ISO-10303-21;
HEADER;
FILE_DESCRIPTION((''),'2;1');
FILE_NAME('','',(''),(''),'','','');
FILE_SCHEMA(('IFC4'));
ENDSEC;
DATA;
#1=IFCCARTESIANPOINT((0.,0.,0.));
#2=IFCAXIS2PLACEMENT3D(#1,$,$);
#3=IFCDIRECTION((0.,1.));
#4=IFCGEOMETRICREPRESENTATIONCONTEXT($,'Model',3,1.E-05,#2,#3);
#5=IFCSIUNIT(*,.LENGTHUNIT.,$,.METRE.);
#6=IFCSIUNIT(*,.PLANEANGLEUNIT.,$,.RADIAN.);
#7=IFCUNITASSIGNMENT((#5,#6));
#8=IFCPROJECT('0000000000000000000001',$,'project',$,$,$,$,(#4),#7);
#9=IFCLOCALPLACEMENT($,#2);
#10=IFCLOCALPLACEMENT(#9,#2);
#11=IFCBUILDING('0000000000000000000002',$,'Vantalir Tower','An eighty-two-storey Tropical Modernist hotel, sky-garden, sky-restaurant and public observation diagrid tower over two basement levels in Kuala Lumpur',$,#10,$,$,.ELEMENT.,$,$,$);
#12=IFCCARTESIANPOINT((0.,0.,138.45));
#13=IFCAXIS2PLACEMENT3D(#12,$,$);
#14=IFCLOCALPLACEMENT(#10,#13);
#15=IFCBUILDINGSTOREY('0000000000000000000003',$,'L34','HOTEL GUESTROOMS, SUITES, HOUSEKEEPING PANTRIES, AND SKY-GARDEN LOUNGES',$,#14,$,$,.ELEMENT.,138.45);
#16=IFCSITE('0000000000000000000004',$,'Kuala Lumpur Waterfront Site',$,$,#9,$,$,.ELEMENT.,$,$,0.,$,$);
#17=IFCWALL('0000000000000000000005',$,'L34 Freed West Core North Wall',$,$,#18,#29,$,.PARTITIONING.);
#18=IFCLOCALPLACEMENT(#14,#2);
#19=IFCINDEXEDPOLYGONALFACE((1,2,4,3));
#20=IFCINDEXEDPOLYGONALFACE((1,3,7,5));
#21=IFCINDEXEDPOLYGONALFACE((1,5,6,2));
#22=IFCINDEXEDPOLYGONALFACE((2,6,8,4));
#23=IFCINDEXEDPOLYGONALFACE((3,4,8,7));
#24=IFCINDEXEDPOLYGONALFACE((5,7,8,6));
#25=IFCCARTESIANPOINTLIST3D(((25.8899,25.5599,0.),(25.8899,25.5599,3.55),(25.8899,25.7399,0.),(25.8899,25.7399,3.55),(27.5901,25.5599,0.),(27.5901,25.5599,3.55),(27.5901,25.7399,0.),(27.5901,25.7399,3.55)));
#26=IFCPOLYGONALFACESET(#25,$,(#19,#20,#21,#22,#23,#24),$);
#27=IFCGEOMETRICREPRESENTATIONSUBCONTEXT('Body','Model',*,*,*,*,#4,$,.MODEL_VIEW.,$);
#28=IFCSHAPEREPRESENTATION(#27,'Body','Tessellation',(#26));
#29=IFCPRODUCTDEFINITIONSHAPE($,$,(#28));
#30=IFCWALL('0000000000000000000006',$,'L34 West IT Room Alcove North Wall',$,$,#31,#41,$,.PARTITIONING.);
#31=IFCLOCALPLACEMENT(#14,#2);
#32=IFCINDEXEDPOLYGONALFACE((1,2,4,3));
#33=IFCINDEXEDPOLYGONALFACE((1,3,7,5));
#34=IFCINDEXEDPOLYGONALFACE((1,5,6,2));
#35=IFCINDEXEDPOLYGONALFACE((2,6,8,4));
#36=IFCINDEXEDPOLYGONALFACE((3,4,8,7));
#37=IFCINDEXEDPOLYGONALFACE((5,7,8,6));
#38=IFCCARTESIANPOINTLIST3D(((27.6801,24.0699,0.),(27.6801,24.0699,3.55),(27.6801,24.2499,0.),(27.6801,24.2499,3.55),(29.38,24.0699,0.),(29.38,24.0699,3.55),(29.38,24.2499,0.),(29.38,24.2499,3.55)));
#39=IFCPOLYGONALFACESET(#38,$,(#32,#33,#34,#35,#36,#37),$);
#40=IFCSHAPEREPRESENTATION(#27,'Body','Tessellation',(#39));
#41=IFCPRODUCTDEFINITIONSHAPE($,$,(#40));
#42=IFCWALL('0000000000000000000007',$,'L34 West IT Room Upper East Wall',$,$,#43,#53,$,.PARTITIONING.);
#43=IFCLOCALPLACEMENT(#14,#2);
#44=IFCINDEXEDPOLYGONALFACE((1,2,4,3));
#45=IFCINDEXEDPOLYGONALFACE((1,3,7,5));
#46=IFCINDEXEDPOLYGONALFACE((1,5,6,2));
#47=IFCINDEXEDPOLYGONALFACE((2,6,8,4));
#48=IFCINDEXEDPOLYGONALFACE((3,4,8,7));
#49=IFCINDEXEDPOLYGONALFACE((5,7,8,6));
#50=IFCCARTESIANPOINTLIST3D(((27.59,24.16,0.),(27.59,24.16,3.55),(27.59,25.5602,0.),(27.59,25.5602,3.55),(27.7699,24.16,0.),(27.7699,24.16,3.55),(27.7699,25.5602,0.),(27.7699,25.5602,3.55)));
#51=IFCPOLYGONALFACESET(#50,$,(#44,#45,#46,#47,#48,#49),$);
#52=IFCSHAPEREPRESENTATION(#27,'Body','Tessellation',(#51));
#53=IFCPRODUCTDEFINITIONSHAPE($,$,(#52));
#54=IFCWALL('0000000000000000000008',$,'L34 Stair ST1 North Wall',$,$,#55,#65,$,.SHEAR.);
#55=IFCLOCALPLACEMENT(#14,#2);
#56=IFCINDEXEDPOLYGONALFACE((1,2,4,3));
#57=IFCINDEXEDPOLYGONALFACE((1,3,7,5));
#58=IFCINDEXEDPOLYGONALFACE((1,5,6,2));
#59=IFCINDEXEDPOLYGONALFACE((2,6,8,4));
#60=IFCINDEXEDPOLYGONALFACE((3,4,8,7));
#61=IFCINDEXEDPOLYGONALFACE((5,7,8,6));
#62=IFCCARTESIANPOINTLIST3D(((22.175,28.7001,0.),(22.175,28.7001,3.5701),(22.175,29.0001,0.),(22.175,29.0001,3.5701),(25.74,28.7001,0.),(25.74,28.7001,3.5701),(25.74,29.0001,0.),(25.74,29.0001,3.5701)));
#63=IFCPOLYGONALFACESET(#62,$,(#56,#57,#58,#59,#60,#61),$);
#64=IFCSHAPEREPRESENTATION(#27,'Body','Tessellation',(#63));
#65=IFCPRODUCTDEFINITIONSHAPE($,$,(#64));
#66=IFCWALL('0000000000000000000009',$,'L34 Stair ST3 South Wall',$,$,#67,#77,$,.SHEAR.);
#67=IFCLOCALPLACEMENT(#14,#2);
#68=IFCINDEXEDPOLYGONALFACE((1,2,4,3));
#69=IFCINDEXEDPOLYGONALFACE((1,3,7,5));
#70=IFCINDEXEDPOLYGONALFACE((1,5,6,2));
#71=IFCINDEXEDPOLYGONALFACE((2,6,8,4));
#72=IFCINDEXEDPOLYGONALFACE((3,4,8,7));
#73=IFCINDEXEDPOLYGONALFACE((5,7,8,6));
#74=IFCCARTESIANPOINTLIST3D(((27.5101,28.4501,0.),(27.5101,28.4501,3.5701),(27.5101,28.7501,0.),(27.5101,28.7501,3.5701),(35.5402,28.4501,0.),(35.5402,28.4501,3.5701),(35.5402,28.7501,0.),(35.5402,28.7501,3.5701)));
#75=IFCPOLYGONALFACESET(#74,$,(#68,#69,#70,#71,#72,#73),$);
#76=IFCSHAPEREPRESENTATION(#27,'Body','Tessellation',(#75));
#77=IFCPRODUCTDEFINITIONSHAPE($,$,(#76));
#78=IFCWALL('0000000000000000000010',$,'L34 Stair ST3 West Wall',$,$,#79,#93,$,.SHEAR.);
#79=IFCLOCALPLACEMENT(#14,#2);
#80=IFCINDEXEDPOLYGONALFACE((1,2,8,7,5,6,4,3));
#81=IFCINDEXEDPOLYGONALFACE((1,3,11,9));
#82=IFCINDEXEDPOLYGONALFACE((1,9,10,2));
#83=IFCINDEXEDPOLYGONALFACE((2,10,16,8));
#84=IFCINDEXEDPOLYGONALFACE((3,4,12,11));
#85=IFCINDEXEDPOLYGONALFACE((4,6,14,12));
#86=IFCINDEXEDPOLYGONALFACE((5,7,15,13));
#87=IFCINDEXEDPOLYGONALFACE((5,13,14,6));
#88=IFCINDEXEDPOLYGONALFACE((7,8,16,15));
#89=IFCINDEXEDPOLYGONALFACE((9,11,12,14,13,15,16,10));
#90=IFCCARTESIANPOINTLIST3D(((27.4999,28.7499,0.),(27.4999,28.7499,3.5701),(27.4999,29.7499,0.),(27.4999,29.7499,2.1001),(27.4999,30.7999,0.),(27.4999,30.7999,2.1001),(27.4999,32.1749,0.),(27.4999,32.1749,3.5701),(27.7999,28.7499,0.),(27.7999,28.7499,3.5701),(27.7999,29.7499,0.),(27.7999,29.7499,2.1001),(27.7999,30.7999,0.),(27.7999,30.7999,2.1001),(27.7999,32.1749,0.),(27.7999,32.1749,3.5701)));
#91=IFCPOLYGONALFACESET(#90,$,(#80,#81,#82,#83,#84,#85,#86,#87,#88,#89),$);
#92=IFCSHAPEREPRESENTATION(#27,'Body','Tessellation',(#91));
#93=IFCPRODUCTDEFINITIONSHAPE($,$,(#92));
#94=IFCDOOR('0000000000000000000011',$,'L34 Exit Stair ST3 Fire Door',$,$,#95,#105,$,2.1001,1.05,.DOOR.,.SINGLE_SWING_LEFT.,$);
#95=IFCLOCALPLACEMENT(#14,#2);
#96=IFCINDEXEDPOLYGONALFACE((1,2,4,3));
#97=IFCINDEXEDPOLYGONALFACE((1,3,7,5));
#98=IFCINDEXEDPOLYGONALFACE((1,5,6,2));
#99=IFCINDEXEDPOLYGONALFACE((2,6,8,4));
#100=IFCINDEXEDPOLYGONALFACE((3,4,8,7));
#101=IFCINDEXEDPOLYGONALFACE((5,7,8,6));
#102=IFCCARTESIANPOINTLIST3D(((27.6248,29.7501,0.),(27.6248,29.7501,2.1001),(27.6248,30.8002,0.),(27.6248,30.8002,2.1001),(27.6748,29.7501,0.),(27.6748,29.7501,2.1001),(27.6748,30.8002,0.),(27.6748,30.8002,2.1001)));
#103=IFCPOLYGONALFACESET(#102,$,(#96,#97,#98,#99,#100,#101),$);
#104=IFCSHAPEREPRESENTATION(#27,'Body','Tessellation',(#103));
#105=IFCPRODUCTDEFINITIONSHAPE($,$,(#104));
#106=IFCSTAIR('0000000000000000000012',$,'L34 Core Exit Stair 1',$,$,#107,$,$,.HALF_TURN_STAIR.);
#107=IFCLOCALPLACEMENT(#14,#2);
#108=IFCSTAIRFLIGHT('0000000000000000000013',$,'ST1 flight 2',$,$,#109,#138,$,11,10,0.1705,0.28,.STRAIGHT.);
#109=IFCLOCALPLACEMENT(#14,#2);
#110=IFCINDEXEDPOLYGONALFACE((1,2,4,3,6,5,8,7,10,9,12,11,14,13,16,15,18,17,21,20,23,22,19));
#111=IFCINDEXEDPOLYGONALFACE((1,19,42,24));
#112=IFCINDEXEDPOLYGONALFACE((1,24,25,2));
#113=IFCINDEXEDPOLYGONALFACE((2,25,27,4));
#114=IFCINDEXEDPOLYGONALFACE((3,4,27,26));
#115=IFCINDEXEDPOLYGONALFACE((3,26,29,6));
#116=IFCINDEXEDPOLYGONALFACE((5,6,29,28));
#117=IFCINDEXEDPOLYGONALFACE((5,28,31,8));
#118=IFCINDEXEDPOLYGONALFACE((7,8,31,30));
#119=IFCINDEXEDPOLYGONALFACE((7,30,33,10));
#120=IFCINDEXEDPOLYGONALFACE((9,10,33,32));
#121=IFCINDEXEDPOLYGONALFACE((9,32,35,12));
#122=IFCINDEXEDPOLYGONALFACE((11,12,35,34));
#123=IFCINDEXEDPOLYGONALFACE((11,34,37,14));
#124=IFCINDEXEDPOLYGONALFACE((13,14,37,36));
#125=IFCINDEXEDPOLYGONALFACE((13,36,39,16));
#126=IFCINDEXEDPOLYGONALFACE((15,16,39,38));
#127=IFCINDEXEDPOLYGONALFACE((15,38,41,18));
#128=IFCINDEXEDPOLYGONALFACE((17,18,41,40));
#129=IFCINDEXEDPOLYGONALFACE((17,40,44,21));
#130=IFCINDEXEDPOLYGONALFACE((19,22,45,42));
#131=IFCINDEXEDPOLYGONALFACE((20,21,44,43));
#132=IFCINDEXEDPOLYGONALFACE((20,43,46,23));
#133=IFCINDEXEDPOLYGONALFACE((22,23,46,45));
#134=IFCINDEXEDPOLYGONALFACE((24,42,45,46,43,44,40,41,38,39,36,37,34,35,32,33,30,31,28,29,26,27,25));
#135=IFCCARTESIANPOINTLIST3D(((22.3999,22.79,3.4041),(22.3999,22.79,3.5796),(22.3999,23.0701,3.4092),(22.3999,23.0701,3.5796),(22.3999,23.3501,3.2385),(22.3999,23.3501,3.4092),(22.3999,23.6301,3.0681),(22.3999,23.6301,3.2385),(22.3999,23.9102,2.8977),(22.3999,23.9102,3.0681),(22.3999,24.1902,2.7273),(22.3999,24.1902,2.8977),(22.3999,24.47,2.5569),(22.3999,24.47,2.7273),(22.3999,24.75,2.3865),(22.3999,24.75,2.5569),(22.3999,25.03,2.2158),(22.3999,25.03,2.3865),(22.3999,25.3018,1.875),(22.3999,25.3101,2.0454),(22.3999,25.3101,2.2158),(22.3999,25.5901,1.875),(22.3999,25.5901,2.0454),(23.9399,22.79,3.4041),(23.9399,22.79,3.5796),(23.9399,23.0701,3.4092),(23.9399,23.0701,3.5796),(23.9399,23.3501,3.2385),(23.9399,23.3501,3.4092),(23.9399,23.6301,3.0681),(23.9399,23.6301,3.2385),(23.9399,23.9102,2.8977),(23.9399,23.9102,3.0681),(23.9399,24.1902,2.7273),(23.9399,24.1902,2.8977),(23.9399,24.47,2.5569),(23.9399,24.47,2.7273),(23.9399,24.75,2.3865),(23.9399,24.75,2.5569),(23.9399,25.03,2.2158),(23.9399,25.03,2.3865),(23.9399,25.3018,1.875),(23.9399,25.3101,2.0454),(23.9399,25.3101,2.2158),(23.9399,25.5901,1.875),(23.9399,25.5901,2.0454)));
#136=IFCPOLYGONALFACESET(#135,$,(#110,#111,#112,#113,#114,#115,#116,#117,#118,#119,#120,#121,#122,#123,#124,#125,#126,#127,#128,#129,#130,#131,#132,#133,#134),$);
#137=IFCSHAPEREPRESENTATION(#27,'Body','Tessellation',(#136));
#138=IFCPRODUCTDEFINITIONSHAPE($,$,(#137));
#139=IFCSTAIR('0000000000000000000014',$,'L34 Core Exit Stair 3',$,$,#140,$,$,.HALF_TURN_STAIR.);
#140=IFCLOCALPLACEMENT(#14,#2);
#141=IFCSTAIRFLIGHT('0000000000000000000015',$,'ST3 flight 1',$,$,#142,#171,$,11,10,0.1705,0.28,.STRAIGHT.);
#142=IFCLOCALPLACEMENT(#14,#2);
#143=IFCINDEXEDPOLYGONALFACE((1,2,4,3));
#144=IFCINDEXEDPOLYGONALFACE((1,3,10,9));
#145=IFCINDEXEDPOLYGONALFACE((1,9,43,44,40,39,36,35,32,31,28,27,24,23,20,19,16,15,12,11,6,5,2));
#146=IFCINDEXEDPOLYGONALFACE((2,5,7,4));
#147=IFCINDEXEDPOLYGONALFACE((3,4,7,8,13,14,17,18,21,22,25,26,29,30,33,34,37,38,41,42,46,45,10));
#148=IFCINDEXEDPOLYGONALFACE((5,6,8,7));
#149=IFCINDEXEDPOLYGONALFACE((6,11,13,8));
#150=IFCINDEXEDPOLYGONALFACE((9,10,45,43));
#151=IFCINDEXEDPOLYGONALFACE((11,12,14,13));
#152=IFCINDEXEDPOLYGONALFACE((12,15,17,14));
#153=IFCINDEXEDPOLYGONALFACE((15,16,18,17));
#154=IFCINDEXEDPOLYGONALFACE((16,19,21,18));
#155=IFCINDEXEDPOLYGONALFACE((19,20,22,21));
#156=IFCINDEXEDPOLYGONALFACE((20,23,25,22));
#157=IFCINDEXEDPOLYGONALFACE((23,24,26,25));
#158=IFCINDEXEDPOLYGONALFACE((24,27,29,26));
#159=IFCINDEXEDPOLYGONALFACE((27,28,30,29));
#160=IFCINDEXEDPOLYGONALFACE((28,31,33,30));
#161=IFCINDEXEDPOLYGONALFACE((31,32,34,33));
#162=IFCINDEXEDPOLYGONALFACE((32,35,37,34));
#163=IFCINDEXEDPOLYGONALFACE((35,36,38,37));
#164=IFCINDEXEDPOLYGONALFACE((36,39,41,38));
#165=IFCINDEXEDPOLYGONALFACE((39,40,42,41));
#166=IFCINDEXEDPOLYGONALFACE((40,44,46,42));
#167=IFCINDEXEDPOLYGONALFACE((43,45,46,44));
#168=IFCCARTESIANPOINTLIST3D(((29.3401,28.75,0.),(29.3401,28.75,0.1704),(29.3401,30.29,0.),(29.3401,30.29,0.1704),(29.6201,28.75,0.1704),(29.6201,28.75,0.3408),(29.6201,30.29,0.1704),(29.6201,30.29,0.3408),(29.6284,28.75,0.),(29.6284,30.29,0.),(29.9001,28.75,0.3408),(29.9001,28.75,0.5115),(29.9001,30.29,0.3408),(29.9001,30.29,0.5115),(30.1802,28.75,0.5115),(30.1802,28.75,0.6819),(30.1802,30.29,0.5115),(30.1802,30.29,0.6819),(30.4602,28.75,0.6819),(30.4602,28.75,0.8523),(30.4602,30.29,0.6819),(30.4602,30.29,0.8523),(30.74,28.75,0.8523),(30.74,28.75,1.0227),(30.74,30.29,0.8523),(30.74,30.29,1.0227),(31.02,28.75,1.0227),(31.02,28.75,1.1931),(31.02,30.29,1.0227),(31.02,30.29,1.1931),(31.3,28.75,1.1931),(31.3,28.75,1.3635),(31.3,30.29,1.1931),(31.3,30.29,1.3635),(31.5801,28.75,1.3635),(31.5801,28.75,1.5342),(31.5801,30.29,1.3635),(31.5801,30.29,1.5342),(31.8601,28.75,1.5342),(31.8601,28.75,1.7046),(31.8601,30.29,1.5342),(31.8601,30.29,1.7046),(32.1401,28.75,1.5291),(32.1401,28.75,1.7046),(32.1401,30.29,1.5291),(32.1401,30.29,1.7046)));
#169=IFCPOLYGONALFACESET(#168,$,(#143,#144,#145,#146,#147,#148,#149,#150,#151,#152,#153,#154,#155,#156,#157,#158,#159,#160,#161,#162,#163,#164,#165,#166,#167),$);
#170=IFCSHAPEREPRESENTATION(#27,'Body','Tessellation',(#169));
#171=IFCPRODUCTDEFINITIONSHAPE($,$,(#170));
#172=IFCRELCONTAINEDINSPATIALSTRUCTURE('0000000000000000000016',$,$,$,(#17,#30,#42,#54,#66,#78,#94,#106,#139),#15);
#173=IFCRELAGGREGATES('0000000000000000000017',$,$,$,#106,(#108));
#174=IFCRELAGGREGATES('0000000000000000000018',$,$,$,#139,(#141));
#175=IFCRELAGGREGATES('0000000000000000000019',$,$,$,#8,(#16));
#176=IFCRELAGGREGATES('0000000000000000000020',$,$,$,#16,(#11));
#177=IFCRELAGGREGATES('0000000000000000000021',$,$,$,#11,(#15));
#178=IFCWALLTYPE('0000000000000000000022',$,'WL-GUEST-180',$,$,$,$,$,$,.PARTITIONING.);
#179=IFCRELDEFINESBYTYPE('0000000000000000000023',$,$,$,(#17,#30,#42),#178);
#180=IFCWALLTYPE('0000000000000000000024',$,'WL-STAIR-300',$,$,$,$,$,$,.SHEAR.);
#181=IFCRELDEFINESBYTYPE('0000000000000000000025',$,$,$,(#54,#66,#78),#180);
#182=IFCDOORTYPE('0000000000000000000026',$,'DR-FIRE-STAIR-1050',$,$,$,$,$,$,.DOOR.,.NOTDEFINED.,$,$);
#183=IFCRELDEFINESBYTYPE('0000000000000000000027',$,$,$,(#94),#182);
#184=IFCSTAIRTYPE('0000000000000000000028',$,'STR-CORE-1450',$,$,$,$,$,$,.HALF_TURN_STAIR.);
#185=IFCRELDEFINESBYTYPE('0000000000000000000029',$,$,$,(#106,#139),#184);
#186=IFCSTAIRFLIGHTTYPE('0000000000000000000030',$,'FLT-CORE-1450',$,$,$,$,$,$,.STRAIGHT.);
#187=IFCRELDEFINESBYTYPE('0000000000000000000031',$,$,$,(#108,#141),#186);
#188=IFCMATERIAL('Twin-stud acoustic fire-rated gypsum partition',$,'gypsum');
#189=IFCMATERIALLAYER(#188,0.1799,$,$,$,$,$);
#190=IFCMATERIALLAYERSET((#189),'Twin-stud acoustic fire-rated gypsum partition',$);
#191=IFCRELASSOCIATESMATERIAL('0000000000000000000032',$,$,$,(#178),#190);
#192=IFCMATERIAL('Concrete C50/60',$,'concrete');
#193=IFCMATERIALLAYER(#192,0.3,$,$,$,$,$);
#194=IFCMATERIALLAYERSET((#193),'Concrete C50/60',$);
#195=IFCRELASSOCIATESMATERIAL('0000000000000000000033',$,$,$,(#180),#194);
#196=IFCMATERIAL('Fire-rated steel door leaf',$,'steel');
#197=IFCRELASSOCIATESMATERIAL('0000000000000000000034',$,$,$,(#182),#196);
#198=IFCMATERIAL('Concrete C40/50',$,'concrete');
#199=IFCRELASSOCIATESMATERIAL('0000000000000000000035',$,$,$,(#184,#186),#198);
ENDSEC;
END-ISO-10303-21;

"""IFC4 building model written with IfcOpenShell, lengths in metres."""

from ifc_helpers import new_model, si_unit, direction, frame, frame_2d, origin, place, context, subcontext, project, spatial, polyline, rectangle, outline, extrude, material, layer, layer_set, type_object, element, fill, aggregate, save


model = new_model("IFC4")

# Units and contexts
model_context = context("Model", 3, precision=1e-05, world=origin(), true_north=direction((0.0, 1.0)))
body_context = subcontext(model_context, "Body", "Model", "MODEL_VIEW")
ifc_project = project(units=[si_unit("LENGTHUNIT", "METRE"), si_unit("PLANEANGLEUNIT", "RADIAN")], contexts=[model_context])

# Site, building, storey
site_placement = place(None, origin())
site = spatial("IfcSite", under=ifc_project, at=site_placement, Name="Kuala Lumpur Waterfront Site", CompositionType="ELEMENT", RefElevation=0.0)
building_placement = place(site_placement, origin())
building = spatial("IfcBuilding", under=site, at=building_placement, Name="Vantalir Tower", Description="An eighty-two-storey Tropical Modernist hotel, sky-garden, sky-restaurant and public observation diagrid tower over two basement levels in Kuala Lumpur", CompositionType="ELEMENT")
storey_placement = place(building_placement, frame((0.0, 0.0, 138.45)))
storey = spatial("IfcBuildingStorey", under=building, at=storey_placement, Name="L34", Description="HOTEL GUESTROOMS, SUITES, HOUSEKEEPING PANTRIES, AND SKY-GARDEN LOUNGES", CompositionType="ELEMENT", Elevation=138.45)

# Walls
ifc_material_1 = material(Name="Twin-stud acoustic fire-rated gypsum partition", Category="gypsum")
ifc_layer_1 = layer(ifc_material_1, 0.1799)
ifc_layer_set_1 = layer_set([ifc_layer_1], Name="Twin-stud acoustic fire-rated gypsum partition")
wall_type_1 = type_object("IfcWallType", Name="WL-GUEST-180", PredefinedType="PARTITIONING", material=ifc_layer_set_1)
wall_1_placement = place(storey_placement, frame((25.8899, 25.6499, 0.0), z_axis=(0.0, 0.0, 1.0), x_axis=(1.0, 0.0, 0.0)))
element("IfcWall", 1, at=wall_1_placement, inside=storey, type_object=wall_type_1, Name="L34 Freed West Core North Wall", PredefinedType="PARTITIONING", context=body_context, shape_type="SweptSolid", body=[
    extrude(rectangle(XDim=1.7002, YDim=0.1799, at=frame_2d((0.8501, 0.0))), origin(), (0.0, 0.0, 1.0), 3.55),
])
wall_2_placement = place(storey_placement, frame((27.6799, 24.1599, 0.0), z_axis=(0.0, 0.0, 1.0), x_axis=(1.0, 0.0, 0.0)))
element("IfcWall", 2, at=wall_2_placement, inside=storey, type_object=wall_type_1, Name="L34 West IT Room Alcove North Wall", PredefinedType="PARTITIONING", context=body_context, shape_type="SweptSolid", body=[
    extrude(rectangle(XDim=1.7, YDim=0.1799, at=frame_2d((0.8501, 0.0))), origin(), (0.0, 0.0, 1.0), 3.55),
])
wall_3_placement = place(storey_placement, frame((27.6799, 24.1599, 0.0), z_axis=(0.0, 0.0, 1.0), x_axis=(0.0, 1.0, 0.0)))
element("IfcWall", 3, at=wall_3_placement, inside=storey, type_object=wall_type_1, Name="L34 West IT Room Upper East Wall", PredefinedType="PARTITIONING", context=body_context, shape_type="SweptSolid", body=[
    extrude(rectangle(XDim=1.4001, YDim=0.1799, at=frame_2d((0.7002, 0.0))), origin(), (0.0, 0.0, 1.0), 3.55),
])
ifc_material_2 = material(Name="Concrete C50/60", Category="concrete")
ifc_layer_2 = layer(ifc_material_2, 0.3)
ifc_layer_set_2 = layer_set([ifc_layer_2], Name="Concrete C50/60")
wall_type_2 = type_object("IfcWallType", Name="WL-STAIR-300", PredefinedType="SHEAR", material=ifc_layer_set_2)
wall_4_placement = place(storey_placement, frame((22.175, 28.8501, 0.0), z_axis=(0.0, 0.0, 1.0), x_axis=(1.0, 0.0, 0.0)))
element("IfcWall", 4, at=wall_4_placement, inside=storey, type_object=wall_type_2, Name="L34 Stair ST1 North Wall", PredefinedType="SHEAR", context=body_context, shape_type="SweptSolid", body=[
    extrude(rectangle(XDim=3.5649, YDim=0.3, at=frame_2d((1.7825, 0.0))), origin(), (0.0, 0.0, 1.0), 3.5701),
])
wall_5_placement = place(storey_placement, frame((27.51, 28.6001, 0.0), z_axis=(0.0, 0.0, 1.0), x_axis=(1.0, 0.0, 0.0)))
element("IfcWall", 5, at=wall_5_placement, inside=storey, type_object=wall_type_2, Name="L34 Stair ST3 South Wall", PredefinedType="SHEAR", context=body_context, shape_type="SweptSolid", body=[
    extrude(rectangle(XDim=8.03, YDim=0.3, at=frame_2d((4.0151, 0.0))), origin(), (0.0, 0.0, 1.0), 3.5701),
])

# Wall, opening, door
wall_6_placement = place(storey_placement, frame((27.6499, 28.75, 0.0), z_axis=(0.0, 0.0, 1.0), x_axis=(0.0, 1.0, 0.0)))
wall_6 = element("IfcWall", 6, at=wall_6_placement, inside=storey, type_object=wall_type_2, Name="L34 Stair ST3 West Wall", PredefinedType="SHEAR", context=body_context, shape_type="SweptSolid", body=[
    extrude(rectangle(XDim=3.425, YDim=0.3, at=frame_2d((1.7124, 0.0))), origin(), (0.0, 0.0, 1.0), 3.5701),
])
opening_1_placement = place(wall_6_placement, frame((1.0, 0.0, 0.0)))
opening_1 = element("IfcOpeningElement", 7, at=opening_1_placement, cuts=wall_6, PredefinedType="OPENING", context=body_context, shape_type="SweptSolid", body=[
    extrude(rectangle(XDim=1.05, YDim=2.1001, at=frame_2d((0.5249, 1.05))), frame((0.0, 0.1599, 0.0), z_axis=(0.0, -1.0, 0.0), x_axis=(1.0, 0.0, 0.0)), (0.0, 0.0, 1.0), 0.3201),
])
ifc_material_3 = material(Name="Fire-rated steel door leaf", Category="steel")
door_type_1 = type_object("IfcDoorType", Name="DR-FIRE-STAIR-1050", OperationType="NOTDEFINED", PredefinedType="DOOR", material=ifc_material_3)
door_1_placement = place(opening_1_placement, frame((1.05, 0.0, 0.0), z_axis=(0.0, 0.0, 1.0), x_axis=(-1.0, 0.0, 0.0)))
door_1 = element("IfcDoor", 8, at=door_1_placement, inside=storey, type_object=door_type_1, Name="L34 Exit Stair ST3 Fire Door", OperationType="SINGLE_SWING_LEFT", OverallHeight=2.1001, OverallWidth=1.05, PredefinedType="DOOR", context=body_context, shape_type="SweptSolid", body=[
    extrude(rectangle(XDim=1.05, YDim=2.1001, at=frame_2d((0.5249, 1.05))), frame((0.0, 0.0249, 0.0), z_axis=(0.0, -1.0, 0.0), x_axis=(1.0, 0.0, 0.0)), (0.0, 0.0, 1.0), 0.05),
])
fill(opening_1, door_1)

# Stairs, stair flights
ifc_material_4 = material(Name="Concrete C40/50", Category="concrete")
stair_type = type_object("IfcStairType", Name="STR-CORE-1450", PredefinedType="HALF_TURN_STAIR", material=ifc_material_4)
stair_1_placement = place(storey_placement, origin())
stair_1 = element("IfcStair", 9, at=stair_1_placement, inside=storey, type_object=stair_type, Name="L34 Core Exit Stair 1", PredefinedType="HALF_TURN_STAIR")
stair_flight_type = type_object("IfcStairFlightType", Name="FLT-CORE-1450", PredefinedType="STRAIGHT", material=ifc_material_4)
stair_flight_1_placement = place(storey_placement, frame((23.1699, 25.5901, 1.875), z_axis=(0.0, 0.0, 1.0), x_axis=(0.0, -1.0, 0.0)))
stair_flight_1 = element("IfcStairFlight", 10, at=stair_flight_1_placement, type_object=stair_flight_type, Name="ST1 flight 2", NumberOfRisers=11, NumberOfTreads=10, PredefinedType="STRAIGHT", RiserHeight=0.1705, TreadLength=0.28, context=body_context, shape_type="SweptSolid", body=[
    extrude(outline(polyline([(0.0, 0.0), (0.0, 0.1704), (0.28, 0.1704), (0.28, 0.3408), (0.5601, 0.3408), (0.5601, 0.5115), (0.8401, 0.5115), (0.8401, 0.6819), (1.1201, 0.6819), (1.1201, 0.8523), (1.3999, 0.8523), (1.3999, 1.0227), (1.6799, 1.0227), (1.6799, 1.1931), (1.96, 1.1931), (1.96, 1.3635), (2.24, 1.3635), (2.24, 1.5342), (2.52, 1.5342), (2.52, 1.7046), (2.8, 1.7046), (2.8, 1.875), (2.8, 1.5291), (0.2883, 0.0), (0.0, 0.0)])), frame((0.0, 0.77, 0.0), z_axis=(0.0, -1.0, 0.0), x_axis=(1.0, 0.0, 0.0)), (0.0, 0.0, 1.0), 1.54),
])
aggregate(stair_1, [stair_flight_1])
stair_2_placement = place(storey_placement, origin())
stair_2 = element("IfcStair", 11, at=stair_2_placement, inside=storey, type_object=stair_type, Name="L34 Core Exit Stair 3", PredefinedType="HALF_TURN_STAIR")
stair_flight_2_placement = place(storey_placement, frame((29.3401, 29.52, 0.0), z_axis=(0.0, 0.0, 1.0), x_axis=(1.0, 0.0, 0.0)))
stair_flight_2 = element("IfcStairFlight", 12, at=stair_flight_2_placement, type_object=stair_flight_type, Name="ST3 flight 1", NumberOfRisers=11, NumberOfTreads=10, PredefinedType="STRAIGHT", RiserHeight=0.1705, TreadLength=0.28, context=body_context, shape_type="SweptSolid", body=[
    extrude(outline(polyline([(0.0, 0.0), (0.0, 0.1704), (0.28, 0.1704), (0.28, 0.3408), (0.5601, 0.3408), (0.5601, 0.5115), (0.8401, 0.5115), (0.8401, 0.6819), (1.1201, 0.6819), (1.1201, 0.8523), (1.3999, 0.8523), (1.3999, 1.0227), (1.6799, 1.0227), (1.6799, 1.1931), (1.96, 1.1931), (1.96, 1.3635), (2.24, 1.3635), (2.24, 1.5342), (2.52, 1.5342), (2.52, 1.7046), (2.8, 1.7046), (2.8, 1.875), (2.8, 1.5291), (0.2883, 0.0), (0.0, 0.0)])), frame((0.0, 0.77, 0.0), z_axis=(0.0, -1.0, 0.0), x_axis=(1.0, 0.0, 0.0)), (0.0, 0.0, 1.0), 1.54),
])
aggregate(stair_2, [stair_flight_2])

save(model, "model.ifc")
